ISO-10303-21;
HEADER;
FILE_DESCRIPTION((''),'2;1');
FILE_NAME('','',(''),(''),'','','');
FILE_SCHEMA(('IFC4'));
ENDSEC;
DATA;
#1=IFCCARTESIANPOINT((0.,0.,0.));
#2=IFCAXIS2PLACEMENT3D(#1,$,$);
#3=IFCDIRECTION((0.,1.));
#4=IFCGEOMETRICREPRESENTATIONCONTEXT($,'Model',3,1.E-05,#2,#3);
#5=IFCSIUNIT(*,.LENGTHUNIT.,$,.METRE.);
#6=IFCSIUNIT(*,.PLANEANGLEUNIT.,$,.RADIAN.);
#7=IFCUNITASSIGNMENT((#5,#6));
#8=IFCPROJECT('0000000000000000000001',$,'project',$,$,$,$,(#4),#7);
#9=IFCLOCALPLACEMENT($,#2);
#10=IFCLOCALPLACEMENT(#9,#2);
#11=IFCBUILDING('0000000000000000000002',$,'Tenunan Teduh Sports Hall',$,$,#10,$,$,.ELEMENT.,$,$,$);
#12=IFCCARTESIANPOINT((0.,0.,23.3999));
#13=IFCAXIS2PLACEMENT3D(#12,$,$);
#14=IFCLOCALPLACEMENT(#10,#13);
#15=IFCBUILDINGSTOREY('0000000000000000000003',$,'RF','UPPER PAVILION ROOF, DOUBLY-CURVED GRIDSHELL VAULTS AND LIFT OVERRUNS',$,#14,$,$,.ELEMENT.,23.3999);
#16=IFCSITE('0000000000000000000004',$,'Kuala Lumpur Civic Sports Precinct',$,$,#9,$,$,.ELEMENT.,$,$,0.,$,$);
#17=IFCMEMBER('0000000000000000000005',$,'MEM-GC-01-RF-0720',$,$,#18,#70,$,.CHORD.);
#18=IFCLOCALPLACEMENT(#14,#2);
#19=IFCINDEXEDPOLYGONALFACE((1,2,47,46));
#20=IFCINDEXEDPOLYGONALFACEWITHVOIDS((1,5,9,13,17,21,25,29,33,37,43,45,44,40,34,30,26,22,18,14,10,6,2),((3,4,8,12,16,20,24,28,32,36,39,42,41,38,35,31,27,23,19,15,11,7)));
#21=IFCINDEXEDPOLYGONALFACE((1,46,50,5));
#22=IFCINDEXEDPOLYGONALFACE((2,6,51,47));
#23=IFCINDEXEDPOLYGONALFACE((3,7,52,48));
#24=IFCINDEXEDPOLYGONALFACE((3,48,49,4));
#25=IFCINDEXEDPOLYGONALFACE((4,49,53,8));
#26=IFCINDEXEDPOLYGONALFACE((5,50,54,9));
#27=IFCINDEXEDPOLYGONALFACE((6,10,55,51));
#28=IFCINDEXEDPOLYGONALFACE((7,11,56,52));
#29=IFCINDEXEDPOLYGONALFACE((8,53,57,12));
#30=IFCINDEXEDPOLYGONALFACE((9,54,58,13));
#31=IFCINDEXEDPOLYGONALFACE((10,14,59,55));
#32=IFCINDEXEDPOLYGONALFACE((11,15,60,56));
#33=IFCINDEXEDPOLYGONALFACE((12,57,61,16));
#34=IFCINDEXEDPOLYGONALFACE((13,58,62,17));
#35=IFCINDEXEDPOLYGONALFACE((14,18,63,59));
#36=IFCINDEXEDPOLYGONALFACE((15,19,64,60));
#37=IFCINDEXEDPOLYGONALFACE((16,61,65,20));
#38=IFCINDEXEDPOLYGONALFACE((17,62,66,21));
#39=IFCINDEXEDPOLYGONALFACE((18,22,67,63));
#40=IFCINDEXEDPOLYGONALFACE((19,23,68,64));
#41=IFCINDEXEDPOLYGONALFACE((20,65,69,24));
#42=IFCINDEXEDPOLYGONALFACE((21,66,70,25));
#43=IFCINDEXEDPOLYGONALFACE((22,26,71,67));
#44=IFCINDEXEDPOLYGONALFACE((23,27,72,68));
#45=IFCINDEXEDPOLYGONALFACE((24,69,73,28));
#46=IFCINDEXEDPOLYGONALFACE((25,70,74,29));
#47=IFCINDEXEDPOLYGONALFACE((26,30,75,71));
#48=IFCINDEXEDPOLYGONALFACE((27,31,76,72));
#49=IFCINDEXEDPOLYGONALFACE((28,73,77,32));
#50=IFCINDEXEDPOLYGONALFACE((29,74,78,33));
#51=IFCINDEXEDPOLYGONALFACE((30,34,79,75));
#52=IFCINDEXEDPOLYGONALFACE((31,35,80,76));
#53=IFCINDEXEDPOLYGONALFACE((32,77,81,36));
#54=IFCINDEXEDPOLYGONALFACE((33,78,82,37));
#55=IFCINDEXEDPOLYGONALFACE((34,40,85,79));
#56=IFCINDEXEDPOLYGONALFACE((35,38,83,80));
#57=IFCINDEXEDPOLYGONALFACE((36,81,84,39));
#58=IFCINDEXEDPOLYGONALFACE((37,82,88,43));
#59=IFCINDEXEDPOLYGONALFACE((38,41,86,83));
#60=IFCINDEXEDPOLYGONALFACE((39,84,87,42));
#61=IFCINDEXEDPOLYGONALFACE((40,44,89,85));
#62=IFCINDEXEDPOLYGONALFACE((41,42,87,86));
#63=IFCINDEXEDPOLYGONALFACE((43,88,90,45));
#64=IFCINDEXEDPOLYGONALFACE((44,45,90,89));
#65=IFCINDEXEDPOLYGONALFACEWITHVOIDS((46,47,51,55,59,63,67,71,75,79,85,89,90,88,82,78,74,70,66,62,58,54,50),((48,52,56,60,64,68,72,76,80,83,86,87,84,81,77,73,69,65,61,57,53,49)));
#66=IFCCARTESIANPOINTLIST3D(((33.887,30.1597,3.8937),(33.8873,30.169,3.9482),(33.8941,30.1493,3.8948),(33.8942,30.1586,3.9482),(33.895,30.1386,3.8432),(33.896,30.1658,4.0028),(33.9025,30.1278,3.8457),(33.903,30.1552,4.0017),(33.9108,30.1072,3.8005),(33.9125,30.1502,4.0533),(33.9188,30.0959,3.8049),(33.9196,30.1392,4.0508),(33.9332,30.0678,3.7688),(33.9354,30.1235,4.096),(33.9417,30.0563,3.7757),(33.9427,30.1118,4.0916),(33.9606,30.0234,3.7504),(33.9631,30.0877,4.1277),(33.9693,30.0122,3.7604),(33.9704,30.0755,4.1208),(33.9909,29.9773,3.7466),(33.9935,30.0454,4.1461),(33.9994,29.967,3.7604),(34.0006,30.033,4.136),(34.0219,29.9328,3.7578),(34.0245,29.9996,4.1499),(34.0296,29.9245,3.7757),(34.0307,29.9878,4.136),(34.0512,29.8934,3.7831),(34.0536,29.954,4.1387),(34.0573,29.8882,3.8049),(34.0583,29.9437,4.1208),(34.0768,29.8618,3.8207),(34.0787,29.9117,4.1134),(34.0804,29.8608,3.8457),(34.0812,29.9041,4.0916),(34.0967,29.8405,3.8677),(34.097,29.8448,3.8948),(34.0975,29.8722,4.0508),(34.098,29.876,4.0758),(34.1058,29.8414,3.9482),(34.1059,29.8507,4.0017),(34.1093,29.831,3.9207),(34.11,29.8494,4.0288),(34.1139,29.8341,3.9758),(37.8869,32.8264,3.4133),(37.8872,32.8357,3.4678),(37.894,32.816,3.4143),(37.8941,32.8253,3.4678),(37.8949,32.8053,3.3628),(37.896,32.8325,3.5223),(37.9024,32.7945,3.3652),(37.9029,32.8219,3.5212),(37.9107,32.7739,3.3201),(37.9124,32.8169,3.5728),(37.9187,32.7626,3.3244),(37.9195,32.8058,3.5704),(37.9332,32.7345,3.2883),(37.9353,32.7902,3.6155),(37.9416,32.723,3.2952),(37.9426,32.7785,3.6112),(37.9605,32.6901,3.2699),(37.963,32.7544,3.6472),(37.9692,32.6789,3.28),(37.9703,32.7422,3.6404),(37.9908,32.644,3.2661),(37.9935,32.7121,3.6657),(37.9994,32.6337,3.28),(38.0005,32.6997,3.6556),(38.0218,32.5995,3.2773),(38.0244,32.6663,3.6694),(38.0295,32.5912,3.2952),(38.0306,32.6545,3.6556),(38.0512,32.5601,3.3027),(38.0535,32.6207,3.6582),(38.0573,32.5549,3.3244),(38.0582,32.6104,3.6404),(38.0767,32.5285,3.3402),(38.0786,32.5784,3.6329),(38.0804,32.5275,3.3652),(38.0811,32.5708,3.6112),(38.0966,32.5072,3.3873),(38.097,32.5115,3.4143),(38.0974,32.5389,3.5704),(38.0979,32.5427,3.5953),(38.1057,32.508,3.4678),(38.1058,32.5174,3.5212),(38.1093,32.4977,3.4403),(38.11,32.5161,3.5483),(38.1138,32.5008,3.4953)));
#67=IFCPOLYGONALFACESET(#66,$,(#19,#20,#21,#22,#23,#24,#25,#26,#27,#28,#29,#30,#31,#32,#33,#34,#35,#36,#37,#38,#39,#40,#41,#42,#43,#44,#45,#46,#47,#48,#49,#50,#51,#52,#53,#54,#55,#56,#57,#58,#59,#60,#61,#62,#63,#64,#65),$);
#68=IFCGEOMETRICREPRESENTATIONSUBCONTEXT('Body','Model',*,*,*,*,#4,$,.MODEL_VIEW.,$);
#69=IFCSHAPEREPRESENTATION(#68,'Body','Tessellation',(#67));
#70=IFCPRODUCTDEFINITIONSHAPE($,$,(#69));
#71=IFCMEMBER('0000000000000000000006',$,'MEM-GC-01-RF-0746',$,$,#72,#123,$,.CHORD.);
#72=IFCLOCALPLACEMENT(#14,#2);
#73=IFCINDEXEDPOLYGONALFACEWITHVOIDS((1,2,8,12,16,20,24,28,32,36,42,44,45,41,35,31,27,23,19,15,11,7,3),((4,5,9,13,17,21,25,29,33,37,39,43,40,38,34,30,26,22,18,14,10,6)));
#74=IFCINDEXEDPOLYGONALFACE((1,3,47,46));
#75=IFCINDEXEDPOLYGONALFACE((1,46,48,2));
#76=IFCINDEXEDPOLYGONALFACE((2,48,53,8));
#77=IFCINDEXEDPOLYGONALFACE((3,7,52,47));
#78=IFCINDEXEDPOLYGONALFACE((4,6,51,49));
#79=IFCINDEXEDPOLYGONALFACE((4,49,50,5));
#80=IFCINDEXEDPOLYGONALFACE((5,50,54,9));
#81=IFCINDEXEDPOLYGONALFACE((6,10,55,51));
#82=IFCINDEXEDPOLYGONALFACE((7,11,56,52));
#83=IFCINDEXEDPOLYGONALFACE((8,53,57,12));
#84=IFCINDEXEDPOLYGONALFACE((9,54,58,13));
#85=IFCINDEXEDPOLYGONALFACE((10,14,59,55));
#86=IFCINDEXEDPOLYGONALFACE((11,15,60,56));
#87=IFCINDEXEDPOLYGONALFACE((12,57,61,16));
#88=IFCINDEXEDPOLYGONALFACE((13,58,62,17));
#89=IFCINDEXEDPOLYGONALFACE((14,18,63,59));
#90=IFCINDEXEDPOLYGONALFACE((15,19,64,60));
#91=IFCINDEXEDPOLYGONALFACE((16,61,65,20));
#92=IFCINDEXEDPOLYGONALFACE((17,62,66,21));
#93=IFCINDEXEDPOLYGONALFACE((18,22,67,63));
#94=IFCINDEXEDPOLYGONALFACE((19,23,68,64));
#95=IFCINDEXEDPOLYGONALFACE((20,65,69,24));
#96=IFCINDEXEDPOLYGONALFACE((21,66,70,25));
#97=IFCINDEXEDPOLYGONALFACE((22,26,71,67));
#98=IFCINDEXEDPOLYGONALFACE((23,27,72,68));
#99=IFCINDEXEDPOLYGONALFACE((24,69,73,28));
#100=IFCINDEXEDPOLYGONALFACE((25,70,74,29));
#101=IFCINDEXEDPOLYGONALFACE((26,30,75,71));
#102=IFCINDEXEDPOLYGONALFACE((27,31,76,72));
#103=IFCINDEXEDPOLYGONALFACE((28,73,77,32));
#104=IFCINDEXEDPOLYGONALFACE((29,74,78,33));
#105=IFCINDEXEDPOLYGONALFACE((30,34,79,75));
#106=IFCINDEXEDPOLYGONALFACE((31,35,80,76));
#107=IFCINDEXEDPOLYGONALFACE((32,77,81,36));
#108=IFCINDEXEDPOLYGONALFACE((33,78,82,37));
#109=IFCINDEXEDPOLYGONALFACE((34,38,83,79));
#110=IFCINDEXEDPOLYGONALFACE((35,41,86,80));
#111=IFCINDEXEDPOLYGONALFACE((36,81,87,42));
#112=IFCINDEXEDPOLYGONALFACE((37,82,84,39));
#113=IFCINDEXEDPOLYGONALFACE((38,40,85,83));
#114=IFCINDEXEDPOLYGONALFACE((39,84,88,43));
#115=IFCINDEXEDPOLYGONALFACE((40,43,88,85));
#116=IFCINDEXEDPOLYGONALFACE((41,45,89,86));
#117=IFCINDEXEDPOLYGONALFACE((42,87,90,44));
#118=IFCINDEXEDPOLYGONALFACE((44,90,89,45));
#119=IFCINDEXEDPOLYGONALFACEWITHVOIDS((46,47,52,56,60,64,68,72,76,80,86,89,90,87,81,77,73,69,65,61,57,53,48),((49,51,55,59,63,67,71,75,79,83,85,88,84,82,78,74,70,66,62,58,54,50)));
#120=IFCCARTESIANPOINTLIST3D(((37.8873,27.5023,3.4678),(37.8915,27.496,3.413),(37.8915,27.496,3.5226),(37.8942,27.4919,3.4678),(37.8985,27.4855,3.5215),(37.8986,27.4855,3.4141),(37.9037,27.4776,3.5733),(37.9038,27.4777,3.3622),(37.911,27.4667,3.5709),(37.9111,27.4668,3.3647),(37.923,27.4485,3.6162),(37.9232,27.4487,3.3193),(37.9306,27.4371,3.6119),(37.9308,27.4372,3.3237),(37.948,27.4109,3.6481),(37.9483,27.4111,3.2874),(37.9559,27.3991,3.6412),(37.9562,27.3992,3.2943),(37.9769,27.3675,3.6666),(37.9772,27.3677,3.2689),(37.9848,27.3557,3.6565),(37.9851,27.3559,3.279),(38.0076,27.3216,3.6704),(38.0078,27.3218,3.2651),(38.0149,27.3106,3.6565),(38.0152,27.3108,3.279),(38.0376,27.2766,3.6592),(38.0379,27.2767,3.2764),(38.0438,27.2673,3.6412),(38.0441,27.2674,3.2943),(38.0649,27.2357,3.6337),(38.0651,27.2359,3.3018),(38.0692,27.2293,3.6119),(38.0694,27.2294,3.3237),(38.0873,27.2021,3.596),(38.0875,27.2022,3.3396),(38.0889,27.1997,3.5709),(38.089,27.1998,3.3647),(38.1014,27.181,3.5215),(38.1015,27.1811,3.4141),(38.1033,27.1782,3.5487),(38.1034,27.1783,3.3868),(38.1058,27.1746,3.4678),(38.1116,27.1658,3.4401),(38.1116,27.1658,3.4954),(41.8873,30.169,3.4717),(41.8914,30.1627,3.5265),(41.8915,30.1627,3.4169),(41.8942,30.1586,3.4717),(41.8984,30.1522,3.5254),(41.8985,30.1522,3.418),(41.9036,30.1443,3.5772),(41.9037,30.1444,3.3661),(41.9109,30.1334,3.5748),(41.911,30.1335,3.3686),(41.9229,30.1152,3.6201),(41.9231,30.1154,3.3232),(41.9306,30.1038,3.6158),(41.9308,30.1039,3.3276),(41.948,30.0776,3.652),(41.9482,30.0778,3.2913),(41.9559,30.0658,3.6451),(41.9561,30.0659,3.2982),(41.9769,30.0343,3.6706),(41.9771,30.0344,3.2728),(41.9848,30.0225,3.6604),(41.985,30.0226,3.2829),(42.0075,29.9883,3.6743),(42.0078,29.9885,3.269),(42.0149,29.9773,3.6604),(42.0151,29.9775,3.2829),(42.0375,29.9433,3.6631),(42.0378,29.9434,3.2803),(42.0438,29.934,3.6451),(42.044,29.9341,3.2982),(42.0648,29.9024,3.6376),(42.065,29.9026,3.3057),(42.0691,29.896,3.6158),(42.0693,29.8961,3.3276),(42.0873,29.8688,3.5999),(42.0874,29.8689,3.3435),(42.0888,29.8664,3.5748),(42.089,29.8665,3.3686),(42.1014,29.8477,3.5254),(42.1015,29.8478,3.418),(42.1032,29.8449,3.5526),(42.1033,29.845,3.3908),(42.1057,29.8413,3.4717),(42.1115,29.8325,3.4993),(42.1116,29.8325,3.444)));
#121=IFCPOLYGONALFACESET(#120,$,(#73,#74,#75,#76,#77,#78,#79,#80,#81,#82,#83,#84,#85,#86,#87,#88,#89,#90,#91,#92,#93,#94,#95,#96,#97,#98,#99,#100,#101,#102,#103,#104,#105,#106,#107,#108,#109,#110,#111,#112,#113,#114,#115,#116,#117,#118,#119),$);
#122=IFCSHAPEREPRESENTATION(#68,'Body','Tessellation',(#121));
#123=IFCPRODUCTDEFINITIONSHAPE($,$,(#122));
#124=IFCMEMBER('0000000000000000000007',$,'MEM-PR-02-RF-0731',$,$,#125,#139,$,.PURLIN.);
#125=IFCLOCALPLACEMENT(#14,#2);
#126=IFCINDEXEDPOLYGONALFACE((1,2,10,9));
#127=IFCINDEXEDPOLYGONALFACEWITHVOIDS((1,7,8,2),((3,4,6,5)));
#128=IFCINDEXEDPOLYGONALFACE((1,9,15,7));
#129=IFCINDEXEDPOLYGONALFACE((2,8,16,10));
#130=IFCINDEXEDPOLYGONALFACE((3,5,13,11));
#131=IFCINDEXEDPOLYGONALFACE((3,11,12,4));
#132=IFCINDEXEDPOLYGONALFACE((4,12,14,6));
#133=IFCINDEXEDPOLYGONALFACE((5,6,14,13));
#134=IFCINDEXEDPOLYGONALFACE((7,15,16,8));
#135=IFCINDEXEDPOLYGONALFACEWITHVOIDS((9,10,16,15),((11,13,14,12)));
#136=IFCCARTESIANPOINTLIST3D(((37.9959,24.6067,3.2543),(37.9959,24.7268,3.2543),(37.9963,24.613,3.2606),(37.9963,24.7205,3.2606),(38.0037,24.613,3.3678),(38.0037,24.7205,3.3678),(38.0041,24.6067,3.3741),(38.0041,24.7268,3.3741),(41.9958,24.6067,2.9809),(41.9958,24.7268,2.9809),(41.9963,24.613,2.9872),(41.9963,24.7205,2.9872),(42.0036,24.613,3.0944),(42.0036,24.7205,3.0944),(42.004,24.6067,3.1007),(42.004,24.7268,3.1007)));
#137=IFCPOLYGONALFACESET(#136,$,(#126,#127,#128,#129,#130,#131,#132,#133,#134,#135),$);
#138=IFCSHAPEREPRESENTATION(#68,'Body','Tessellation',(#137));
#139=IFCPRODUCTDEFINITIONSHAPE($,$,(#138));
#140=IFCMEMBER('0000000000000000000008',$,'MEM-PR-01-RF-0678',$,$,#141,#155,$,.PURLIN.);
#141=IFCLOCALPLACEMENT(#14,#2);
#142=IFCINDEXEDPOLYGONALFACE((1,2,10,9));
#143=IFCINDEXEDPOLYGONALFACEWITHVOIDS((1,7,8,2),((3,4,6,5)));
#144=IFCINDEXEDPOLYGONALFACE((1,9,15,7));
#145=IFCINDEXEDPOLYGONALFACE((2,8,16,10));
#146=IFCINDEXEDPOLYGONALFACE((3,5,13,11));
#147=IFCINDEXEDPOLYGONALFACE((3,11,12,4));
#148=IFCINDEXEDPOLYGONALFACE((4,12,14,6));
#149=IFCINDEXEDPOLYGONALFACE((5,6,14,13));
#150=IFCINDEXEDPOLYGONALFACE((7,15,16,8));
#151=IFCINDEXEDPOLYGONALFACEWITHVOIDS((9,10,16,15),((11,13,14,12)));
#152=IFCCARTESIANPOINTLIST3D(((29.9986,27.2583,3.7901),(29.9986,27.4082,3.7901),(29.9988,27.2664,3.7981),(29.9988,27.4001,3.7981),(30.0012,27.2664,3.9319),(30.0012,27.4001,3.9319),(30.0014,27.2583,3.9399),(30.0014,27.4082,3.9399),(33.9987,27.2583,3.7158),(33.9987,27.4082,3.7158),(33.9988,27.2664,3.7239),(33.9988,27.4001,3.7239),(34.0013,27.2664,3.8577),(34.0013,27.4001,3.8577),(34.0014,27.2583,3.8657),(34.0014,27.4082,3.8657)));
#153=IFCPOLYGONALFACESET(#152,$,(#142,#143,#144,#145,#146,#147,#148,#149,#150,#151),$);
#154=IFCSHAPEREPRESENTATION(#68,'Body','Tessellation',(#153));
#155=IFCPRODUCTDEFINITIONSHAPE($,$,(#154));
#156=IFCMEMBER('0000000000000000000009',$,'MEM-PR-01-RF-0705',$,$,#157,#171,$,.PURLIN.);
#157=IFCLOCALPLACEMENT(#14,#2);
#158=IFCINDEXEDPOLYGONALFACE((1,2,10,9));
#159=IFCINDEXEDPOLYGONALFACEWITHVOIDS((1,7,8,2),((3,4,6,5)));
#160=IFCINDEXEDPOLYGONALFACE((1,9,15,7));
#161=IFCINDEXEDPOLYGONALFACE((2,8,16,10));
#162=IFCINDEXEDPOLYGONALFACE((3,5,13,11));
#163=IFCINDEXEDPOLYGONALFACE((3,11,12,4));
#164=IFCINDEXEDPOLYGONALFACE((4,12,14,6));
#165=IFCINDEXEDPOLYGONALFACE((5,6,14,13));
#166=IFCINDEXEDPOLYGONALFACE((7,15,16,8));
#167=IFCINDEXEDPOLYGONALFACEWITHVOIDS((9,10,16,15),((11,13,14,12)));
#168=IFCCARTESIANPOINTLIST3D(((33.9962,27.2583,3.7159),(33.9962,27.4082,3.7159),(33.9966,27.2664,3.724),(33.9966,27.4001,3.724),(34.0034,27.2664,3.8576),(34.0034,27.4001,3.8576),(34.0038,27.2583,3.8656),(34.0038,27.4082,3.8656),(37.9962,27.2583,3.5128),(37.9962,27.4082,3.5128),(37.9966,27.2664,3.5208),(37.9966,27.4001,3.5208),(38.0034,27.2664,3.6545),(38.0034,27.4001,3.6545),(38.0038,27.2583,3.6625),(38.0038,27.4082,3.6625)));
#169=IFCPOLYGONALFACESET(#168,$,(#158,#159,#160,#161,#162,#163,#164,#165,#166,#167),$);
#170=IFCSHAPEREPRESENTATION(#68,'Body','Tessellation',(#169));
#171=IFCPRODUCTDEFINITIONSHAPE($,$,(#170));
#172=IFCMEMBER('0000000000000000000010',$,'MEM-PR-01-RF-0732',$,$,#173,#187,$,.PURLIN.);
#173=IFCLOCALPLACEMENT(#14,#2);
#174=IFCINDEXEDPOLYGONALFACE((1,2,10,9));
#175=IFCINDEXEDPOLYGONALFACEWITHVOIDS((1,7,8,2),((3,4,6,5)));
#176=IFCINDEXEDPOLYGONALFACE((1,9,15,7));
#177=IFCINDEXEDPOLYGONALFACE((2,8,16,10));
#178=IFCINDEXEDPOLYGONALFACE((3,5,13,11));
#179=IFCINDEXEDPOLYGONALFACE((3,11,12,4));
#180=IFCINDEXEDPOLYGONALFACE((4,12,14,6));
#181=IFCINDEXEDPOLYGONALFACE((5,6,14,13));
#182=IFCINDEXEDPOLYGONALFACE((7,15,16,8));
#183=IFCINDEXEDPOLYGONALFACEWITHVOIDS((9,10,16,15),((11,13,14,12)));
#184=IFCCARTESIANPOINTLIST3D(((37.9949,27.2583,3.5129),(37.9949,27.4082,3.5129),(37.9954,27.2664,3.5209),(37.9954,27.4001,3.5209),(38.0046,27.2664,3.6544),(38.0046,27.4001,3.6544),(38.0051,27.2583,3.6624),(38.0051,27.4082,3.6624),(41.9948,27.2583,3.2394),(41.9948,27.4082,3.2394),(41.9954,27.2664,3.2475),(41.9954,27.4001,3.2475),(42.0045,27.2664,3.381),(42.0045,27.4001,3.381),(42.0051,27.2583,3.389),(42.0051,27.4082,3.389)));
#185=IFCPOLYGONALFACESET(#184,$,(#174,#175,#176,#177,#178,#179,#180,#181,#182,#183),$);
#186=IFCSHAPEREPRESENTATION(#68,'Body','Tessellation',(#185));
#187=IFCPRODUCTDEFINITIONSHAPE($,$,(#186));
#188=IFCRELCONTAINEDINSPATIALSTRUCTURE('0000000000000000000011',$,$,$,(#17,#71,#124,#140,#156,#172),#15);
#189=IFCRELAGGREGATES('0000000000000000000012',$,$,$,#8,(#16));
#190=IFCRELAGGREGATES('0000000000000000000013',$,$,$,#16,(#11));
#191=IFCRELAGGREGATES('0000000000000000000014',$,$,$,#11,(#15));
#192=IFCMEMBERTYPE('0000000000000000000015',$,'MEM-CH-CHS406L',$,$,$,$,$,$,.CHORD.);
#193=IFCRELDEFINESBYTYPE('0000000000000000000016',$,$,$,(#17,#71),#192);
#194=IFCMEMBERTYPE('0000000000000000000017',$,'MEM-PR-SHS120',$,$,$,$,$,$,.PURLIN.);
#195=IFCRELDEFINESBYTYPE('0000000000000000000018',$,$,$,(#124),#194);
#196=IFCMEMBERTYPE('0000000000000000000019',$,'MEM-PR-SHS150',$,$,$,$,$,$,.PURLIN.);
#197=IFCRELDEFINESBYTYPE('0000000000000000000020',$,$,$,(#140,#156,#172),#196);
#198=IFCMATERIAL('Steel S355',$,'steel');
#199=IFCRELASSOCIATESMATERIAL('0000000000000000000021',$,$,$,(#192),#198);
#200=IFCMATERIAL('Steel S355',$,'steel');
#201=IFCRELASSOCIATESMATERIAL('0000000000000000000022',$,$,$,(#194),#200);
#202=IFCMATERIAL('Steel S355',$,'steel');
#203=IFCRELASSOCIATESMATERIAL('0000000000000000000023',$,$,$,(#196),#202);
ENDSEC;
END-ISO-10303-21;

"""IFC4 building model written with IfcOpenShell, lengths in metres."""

from ifc_helpers import new_model, si_unit, direction, frame, origin, origin_2d, place, context, subcontext, project, spatial, hollow_rectangle, hollow_circle, extrude, material, material_profile, profile_set, type_object, element, save


model = new_model("IFC4")

# Units and contexts
model_context = context("Model", 3, precision=1e-05, world=origin(), true_north=direction((0.0, 1.0)))
body_context = subcontext(model_context, "Body", "Model", "MODEL_VIEW")
ifc_project = project(units=[si_unit("LENGTHUNIT", "METRE"), si_unit("PLANEANGLEUNIT", "RADIAN")], contexts=[model_context])

# Site, building, storey
site_placement = place(None, origin())
site = spatial("IfcSite", under=ifc_project, at=site_placement, Name="Kuala Lumpur Civic Sports Precinct", CompositionType="ELEMENT", RefElevation=0.0)
building_placement = place(site_placement, origin())
building = spatial("IfcBuilding", under=site, at=building_placement, Name="Tenunan Teduh Sports Hall", CompositionType="ELEMENT")
storey_placement = place(building_placement, frame((0.0, 0.0, 23.3999)))
storey = spatial("IfcBuildingStorey", under=building, at=storey_placement, Name="RF", Description="UPPER PAVILION ROOF, DOUBLY-CURVED GRIDSHELL VAULTS AND LIFT OVERRUNS", CompositionType="ELEMENT", Elevation=23.3999)

# Members
ifc_material_1 = material(Name="Steel S355", Category="steel")
ifc_material_profile_1 = material_profile(ifc_material_1, hollow_circle(Radius=0.2031, WallThickness=0.0125, at=origin_2d()), Name="CHS 406.4x12.5")
ifc_profile_set_1 = profile_set([ifc_material_profile_1], Name="Steel S355")
member_type_1 = type_object("IfcMemberType", Name="MEM-CH-CHS406L", PredefinedType="CHORD", material=ifc_profile_set_1)
member_1_placement = place(storey_placement, frame((34.0, 30.0, 3.9482), z_axis=(0.827918, 0.551962, -0.099447), x_axis=(-0.554712, 0.832042, 0.0)))
element("IfcMember", 1, at=member_1_placement, inside=storey, type_object=member_type_1, Name="MEM-GC-01-RF-0720", PredefinedType="CHORD", context=body_context, shape_type="SweptSolid", body=[
    extrude(hollow_circle(Radius=0.2031, WallThickness=0.0125, at=origin_2d()), origin(), (0.0, 0.0, 1.0), 4.8313),
])
member_2_placement = place(storey_placement, frame((38.0, 27.3333, 3.4678), z_axis=(0.832042, 0.554712, 0.000813), x_axis=(-0.554712, 0.832042, 0.0)))
element("IfcMember", 2, at=member_2_placement, inside=storey, type_object=member_type_1, Name="MEM-GC-01-RF-0746", PredefinedType="CHORD", context=body_context, shape_type="SweptSolid", body=[
    extrude(hollow_circle(Radius=0.2031, WallThickness=0.0125, at=origin_2d()), origin(), (0.0, 0.0, 1.0), 4.8074),
])
ifc_material_2 = material(Name="Steel S355", Category="steel")
ifc_material_profile_2 = material_profile(ifc_material_2, hollow_rectangle(XDim=0.1201, YDim=0.1201, WallThickness=0.0063, at=origin_2d()), Name="SHS 120x120x6.3")
ifc_profile_set_2 = profile_set([ifc_material_profile_2], Name="Steel S355")
member_type_2 = type_object("IfcMemberType", Name="MEM-PR-SHS120", PredefinedType="PURLIN", material=ifc_profile_set_2)
member_3_placement = place(storey_placement, frame((38.0, 24.6667, 3.3142), z_axis=(0.997672, 0.0, -0.0682), x_axis=(0.0, 1.0, 0.0)))
element("IfcMember", 3, at=member_3_placement, inside=storey, type_object=member_type_2, Name="MEM-PR-02-RF-0731", PredefinedType="PURLIN", context=body_context, shape_type="SweptSolid", body=[
    extrude(hollow_rectangle(XDim=0.1201, YDim=0.1201, WallThickness=0.0063, at=origin_2d()), origin(), (0.0, 0.0, 1.0), 4.0093),
])
ifc_material_3 = material(Name="Steel S355", Category="steel")
ifc_material_profile_3 = material_profile(ifc_material_3, hollow_rectangle(XDim=0.1499, YDim=0.1499, WallThickness=0.0081, at=origin_2d()), Name="SHS 150x150x8.0")
ifc_profile_set_3 = profile_set([ifc_material_profile_3], Name="Steel S355")
member_type_3 = type_object("IfcMemberType", Name="MEM-PR-SHS150", PredefinedType="PURLIN", material=ifc_profile_set_3)
member_4_placement = place(storey_placement, frame((30.0, 27.3333, 3.865), z_axis=(0.999828, 0.0, -0.018551), x_axis=(0.0, 1.0, 0.0)))
element("IfcMember", 4, at=member_4_placement, inside=storey, type_object=member_type_3, Name="MEM-PR-01-RF-0678", PredefinedType="PURLIN", context=body_context, shape_type="SweptSolid", body=[
    extrude(hollow_rectangle(XDim=0.1499, YDim=0.1499, WallThickness=0.0081, at=origin_2d()), origin(), (0.0, 0.0, 1.0), 4.0007),
])
member_5_placement = place(storey_placement, frame((34.0, 27.3333, 3.7908), z_axis=(0.998713, 0.0, -0.050716), x_axis=(0.0, 1.0, 0.0)))
element("IfcMember", 5, at=member_5_placement, inside=storey, type_object=member_type_3, Name="MEM-PR-01-RF-0705", PredefinedType="PURLIN", context=body_context, shape_type="SweptSolid", body=[
    extrude(hollow_rectangle(XDim=0.1499, YDim=0.1499, WallThickness=0.0081, at=origin_2d()), origin(), (0.0, 0.0, 1.0), 4.0051),
])
member_6_placement = place(storey_placement, frame((38.0, 27.3333, 3.5876), z_axis=(0.997672, 0.0, -0.0682), x_axis=(0.0, 1.0, 0.0)))
element("IfcMember", 6, at=member_6_placement, inside=storey, type_object=member_type_3, Name="MEM-PR-01-RF-0732", PredefinedType="PURLIN", context=body_context, shape_type="SweptSolid", body=[
    extrude(hollow_rectangle(XDim=0.1499, YDim=0.1499, WallThickness=0.0081, at=origin_2d()), origin(), (0.0, 0.0, 1.0), 4.0093),
])

save(model, "model.ifc")
